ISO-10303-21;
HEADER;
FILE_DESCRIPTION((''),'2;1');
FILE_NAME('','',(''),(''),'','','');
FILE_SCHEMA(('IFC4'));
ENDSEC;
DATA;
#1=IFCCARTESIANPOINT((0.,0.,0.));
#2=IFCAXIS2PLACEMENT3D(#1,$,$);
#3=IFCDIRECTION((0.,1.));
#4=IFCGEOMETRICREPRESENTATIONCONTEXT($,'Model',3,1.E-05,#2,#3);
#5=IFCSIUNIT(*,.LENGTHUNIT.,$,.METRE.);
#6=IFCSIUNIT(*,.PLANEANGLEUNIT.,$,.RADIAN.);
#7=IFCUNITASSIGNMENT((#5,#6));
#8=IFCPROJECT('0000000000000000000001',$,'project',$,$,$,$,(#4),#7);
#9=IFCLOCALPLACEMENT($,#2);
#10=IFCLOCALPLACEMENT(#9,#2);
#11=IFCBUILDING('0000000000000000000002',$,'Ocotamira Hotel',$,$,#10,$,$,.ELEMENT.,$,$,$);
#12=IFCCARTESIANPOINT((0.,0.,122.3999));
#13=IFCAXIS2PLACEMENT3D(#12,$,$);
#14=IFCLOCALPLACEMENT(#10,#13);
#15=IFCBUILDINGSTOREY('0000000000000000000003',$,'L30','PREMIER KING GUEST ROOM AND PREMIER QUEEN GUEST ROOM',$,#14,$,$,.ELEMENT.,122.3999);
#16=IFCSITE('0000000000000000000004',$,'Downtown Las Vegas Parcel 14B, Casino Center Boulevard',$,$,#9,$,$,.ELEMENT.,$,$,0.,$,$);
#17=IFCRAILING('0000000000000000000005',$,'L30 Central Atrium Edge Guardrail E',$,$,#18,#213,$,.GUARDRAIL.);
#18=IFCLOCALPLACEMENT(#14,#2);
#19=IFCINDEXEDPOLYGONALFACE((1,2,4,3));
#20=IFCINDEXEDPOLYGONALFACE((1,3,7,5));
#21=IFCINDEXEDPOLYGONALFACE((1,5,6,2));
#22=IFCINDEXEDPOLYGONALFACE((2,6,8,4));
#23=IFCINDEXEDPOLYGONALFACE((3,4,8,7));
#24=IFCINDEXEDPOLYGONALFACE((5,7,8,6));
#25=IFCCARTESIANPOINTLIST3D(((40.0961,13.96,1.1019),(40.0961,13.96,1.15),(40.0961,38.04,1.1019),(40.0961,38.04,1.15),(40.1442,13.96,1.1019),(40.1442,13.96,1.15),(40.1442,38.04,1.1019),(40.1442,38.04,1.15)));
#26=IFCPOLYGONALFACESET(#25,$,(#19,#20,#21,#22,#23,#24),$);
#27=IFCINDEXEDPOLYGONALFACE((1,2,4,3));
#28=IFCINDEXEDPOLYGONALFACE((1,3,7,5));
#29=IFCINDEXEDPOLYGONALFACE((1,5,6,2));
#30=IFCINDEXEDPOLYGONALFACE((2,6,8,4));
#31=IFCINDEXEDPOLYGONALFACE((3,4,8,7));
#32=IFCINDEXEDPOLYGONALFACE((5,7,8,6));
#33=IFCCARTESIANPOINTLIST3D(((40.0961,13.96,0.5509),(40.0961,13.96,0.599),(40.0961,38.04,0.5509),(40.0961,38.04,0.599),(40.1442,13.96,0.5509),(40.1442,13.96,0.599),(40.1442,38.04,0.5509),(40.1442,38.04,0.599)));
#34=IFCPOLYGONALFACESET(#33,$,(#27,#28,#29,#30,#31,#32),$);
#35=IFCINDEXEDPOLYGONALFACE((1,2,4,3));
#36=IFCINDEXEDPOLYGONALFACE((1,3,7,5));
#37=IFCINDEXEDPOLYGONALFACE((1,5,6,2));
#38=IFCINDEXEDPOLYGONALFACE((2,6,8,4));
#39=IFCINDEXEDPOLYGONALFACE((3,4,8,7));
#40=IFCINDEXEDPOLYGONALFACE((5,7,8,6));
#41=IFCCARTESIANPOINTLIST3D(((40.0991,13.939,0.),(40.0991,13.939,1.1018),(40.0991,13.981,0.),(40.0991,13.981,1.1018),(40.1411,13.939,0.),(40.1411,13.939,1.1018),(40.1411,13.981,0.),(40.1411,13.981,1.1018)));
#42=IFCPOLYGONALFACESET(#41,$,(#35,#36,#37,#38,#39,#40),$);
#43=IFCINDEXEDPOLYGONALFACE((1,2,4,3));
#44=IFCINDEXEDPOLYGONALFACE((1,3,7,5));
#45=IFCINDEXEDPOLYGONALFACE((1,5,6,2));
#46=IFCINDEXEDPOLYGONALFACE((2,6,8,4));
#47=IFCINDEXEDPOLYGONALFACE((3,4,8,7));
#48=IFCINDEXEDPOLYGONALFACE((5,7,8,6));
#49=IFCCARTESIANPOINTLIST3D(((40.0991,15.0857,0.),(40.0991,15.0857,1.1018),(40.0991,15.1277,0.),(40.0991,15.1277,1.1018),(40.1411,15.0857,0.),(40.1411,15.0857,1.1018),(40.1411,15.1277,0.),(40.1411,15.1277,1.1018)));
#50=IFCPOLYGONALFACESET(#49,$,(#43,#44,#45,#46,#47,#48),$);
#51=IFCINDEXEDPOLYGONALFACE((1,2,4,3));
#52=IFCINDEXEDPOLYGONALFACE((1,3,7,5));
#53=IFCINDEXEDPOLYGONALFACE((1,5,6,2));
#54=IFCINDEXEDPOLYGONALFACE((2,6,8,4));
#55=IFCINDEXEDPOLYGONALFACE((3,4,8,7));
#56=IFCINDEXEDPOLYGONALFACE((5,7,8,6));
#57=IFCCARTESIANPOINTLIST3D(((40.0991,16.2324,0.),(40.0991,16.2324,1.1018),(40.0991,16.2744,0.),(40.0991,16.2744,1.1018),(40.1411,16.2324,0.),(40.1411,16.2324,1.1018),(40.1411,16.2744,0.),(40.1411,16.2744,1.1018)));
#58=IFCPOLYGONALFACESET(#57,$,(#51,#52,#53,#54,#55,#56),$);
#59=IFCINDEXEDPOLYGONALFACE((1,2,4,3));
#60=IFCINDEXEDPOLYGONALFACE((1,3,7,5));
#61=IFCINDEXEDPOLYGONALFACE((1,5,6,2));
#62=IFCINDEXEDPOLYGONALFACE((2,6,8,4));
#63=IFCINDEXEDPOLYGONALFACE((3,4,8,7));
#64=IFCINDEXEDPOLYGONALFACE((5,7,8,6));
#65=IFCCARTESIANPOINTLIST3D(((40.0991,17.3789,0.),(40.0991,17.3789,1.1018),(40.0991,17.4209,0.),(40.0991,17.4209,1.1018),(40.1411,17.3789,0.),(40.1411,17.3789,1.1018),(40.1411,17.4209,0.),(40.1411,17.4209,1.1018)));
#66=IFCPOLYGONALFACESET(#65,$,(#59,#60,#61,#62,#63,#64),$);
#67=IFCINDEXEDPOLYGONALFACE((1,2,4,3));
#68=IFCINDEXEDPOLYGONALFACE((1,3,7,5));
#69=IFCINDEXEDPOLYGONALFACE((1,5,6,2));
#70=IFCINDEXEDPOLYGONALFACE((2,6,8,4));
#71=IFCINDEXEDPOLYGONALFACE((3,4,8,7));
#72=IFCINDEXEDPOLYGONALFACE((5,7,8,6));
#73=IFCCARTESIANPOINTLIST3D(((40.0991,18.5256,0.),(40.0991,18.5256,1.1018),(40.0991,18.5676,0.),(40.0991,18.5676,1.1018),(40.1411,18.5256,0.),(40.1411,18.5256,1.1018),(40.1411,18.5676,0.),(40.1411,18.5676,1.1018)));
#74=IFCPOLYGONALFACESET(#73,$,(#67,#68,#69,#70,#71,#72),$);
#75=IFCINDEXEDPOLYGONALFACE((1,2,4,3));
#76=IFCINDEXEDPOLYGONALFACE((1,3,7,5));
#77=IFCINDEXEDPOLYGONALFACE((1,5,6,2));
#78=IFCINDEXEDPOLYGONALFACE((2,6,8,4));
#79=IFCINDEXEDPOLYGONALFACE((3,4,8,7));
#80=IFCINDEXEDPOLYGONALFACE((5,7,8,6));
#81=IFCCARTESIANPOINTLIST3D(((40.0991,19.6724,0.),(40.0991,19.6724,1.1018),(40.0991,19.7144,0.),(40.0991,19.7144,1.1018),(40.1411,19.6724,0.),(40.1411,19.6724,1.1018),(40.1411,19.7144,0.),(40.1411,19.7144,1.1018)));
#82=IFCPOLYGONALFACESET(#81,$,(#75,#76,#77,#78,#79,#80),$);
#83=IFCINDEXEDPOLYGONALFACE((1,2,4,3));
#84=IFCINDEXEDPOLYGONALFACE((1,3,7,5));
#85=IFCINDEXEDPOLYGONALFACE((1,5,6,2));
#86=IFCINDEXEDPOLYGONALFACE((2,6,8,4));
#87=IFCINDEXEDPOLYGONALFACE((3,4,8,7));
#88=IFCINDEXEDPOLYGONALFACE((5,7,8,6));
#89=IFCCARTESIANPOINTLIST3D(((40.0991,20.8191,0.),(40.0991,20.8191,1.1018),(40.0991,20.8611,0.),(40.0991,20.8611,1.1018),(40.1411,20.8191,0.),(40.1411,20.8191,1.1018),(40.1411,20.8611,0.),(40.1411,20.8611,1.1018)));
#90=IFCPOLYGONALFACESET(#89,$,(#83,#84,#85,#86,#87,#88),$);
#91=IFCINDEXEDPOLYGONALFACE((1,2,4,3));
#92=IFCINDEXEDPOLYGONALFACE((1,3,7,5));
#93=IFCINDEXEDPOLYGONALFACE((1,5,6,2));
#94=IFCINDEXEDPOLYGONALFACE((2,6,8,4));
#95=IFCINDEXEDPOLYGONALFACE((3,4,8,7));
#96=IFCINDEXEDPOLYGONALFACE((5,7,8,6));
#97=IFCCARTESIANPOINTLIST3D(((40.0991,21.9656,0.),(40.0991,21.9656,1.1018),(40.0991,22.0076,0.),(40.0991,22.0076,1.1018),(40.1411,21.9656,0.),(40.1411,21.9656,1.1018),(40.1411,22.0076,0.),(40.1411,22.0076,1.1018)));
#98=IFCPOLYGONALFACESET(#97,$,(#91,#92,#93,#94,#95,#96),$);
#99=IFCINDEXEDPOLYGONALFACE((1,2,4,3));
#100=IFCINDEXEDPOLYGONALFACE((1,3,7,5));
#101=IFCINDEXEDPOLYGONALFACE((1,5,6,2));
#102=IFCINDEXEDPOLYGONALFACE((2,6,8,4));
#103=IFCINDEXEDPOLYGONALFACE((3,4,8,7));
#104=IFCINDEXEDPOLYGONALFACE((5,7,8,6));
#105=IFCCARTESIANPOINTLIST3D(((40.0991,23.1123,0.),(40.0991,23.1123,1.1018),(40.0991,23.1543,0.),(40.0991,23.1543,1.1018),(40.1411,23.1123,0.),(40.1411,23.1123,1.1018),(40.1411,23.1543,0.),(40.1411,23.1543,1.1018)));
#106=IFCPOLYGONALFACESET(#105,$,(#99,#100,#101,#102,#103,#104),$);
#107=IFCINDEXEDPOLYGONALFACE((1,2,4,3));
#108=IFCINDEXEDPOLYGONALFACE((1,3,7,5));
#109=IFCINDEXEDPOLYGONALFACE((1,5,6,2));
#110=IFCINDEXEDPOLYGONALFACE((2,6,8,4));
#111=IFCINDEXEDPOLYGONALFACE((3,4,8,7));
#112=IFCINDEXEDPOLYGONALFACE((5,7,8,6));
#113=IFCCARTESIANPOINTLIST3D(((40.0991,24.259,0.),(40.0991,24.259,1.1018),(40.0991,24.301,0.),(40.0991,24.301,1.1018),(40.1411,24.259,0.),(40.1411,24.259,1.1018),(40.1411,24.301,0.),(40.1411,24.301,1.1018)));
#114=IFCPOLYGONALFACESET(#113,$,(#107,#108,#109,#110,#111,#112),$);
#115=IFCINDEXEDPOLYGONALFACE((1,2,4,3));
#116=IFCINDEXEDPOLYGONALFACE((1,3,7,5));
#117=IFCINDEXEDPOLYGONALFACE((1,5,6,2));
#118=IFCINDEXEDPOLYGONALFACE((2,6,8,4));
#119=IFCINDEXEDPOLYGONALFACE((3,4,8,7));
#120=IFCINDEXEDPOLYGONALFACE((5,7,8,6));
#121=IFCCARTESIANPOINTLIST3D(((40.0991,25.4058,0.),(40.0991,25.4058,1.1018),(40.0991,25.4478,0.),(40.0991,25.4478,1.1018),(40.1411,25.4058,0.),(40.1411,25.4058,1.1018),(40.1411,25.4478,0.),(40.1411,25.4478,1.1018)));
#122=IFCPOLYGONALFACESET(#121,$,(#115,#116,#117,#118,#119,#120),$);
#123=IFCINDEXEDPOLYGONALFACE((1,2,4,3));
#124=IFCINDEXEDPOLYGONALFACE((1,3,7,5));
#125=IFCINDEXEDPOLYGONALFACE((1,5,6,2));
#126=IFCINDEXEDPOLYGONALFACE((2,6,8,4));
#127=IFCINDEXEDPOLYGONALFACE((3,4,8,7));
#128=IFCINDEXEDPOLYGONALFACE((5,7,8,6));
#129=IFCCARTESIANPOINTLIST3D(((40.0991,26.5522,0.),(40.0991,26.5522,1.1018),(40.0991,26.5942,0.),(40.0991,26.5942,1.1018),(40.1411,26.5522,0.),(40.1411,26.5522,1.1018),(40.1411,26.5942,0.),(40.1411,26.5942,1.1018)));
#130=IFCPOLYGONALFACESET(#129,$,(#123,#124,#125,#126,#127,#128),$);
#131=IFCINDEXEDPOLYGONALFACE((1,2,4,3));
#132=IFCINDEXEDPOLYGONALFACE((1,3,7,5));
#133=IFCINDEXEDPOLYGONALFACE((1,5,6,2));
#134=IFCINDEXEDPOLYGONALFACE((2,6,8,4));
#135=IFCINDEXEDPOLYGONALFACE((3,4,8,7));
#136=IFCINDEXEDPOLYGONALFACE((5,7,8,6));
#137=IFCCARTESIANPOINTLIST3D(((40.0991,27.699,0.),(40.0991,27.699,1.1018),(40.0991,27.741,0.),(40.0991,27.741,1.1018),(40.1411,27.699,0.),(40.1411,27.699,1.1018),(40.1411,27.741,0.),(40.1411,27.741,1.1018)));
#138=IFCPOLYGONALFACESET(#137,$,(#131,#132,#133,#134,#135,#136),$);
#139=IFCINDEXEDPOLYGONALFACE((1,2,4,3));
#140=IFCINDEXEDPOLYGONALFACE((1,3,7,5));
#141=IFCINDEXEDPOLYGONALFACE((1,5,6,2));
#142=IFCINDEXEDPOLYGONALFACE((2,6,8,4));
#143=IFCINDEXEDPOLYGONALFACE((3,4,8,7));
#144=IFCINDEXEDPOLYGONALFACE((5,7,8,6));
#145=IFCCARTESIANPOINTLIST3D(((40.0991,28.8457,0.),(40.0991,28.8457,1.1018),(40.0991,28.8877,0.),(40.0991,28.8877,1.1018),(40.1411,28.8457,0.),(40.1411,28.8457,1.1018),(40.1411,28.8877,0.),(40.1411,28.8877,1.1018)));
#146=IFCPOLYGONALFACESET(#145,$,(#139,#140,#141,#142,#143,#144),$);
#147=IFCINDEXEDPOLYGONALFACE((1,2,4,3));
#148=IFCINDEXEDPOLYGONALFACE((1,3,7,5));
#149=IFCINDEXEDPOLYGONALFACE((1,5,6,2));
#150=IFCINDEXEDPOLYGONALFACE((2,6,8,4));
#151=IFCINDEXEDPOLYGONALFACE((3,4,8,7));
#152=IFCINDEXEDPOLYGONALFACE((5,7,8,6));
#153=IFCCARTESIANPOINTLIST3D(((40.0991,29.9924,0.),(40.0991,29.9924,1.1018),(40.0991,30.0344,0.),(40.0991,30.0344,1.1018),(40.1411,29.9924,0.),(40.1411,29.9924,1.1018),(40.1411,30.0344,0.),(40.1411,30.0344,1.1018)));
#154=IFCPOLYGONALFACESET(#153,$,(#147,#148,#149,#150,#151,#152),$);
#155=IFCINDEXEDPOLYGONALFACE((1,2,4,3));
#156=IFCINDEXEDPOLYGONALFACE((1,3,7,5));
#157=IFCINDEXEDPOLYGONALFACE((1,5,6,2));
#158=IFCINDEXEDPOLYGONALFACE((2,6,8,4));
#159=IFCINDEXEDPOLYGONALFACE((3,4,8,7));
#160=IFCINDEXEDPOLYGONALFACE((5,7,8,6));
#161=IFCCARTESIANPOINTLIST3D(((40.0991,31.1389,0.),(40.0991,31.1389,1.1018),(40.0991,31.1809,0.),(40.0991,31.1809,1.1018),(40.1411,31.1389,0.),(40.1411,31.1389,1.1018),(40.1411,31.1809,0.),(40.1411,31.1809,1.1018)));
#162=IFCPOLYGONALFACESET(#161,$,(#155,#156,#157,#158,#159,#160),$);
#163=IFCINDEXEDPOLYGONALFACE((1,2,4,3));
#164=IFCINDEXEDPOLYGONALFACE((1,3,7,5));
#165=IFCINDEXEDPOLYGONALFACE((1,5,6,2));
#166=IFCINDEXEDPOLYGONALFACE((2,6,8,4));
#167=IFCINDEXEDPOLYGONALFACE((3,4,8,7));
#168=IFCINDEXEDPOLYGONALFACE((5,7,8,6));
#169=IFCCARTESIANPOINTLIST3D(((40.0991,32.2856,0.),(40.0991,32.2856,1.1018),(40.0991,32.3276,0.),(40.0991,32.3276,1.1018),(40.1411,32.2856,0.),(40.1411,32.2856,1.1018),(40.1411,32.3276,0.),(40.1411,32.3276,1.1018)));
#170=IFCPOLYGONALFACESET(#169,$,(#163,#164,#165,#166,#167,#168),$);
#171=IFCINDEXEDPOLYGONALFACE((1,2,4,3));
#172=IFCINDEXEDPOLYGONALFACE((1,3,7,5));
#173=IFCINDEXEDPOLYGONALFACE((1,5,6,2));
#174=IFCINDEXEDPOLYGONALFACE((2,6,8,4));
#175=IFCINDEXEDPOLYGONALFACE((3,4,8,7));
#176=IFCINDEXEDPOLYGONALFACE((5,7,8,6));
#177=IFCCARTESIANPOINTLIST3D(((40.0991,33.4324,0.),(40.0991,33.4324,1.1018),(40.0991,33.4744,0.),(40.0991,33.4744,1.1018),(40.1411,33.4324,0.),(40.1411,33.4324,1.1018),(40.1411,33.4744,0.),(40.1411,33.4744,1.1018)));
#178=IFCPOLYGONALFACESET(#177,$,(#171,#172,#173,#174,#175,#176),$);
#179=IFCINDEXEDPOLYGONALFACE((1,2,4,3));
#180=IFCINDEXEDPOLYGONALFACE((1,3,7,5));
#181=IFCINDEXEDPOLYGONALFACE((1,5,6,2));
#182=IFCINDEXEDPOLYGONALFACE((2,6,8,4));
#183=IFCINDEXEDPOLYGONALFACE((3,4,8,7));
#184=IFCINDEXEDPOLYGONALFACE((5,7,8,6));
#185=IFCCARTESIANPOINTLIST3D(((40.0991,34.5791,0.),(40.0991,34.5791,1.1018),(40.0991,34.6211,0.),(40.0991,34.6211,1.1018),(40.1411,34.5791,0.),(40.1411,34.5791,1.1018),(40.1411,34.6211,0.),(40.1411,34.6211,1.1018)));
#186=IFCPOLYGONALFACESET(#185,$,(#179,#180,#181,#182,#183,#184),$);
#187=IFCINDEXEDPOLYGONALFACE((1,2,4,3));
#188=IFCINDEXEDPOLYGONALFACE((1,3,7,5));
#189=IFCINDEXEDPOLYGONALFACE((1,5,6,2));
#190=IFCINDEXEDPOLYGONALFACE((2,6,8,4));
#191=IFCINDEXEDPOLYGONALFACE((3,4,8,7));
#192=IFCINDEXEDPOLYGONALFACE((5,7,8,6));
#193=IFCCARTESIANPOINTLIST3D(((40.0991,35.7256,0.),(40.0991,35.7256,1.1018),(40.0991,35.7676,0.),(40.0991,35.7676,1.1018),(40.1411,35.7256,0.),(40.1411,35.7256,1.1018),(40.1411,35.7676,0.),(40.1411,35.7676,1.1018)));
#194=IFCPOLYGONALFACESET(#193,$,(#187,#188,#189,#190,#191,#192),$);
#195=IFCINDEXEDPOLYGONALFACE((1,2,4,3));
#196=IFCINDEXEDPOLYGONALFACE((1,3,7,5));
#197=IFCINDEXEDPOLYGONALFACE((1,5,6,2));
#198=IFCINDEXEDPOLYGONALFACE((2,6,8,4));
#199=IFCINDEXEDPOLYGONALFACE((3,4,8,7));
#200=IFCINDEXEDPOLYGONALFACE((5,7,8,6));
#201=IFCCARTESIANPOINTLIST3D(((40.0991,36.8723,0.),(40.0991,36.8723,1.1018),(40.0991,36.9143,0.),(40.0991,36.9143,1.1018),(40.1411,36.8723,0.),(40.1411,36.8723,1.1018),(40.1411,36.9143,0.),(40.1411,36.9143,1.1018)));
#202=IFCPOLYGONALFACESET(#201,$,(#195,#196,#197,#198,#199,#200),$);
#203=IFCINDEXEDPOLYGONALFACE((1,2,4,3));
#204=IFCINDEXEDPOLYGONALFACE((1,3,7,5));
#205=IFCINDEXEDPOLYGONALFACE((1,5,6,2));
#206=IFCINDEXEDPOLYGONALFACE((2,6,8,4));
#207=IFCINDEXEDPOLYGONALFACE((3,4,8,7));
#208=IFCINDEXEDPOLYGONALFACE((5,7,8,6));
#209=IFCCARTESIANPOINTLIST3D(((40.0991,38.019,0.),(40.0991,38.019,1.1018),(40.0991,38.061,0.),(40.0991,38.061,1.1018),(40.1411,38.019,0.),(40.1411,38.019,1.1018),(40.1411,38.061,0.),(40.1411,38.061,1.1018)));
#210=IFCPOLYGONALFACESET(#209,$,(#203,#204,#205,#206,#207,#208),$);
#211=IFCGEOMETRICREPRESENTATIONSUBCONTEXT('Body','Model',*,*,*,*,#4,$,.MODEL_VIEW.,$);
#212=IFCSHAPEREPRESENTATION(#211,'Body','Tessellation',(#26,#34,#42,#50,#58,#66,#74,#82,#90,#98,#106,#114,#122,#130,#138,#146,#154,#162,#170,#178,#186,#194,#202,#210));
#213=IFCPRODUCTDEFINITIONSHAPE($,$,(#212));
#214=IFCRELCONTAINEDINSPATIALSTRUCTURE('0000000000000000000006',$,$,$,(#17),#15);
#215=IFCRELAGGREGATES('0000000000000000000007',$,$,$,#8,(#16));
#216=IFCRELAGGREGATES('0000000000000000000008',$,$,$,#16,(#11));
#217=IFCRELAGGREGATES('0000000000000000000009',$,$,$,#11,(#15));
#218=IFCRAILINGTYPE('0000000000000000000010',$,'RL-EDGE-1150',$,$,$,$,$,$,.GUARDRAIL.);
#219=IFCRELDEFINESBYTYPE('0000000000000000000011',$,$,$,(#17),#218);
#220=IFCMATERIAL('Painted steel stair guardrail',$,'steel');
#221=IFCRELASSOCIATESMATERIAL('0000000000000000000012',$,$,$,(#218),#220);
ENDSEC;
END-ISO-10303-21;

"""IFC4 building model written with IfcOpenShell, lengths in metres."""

from ifc_helpers import new_model, si_unit, direction, frame, origin, origin_2d, place, context, subcontext, project, spatial, rectangle, extrude, material, type_object, element, save


model = new_model("IFC4")

# Units and contexts
model_context = context("Model", 3, precision=1e-05, world=origin(), true_north=direction((0.0, 1.0)))
body_context = subcontext(model_context, "Body", "Model", "MODEL_VIEW")
ifc_project = project(units=[si_unit("LENGTHUNIT", "METRE"), si_unit("PLANEANGLEUNIT", "RADIAN")], contexts=[model_context])

# Site, building, storey
site_placement = place(None, origin())
site = spatial("IfcSite", under=ifc_project, at=site_placement, Name="Downtown Las Vegas Parcel 14B, Casino Center Boulevard", CompositionType="ELEMENT", RefElevation=0.0)
building_placement = place(site_placement, origin())
building = spatial("IfcBuilding", under=site, at=building_placement, Name="Ocotamira Hotel", CompositionType="ELEMENT")
storey_placement = place(building_placement, frame((0.0, 0.0, 122.3999)))
storey = spatial("IfcBuildingStorey", under=building, at=storey_placement, Name="L30", Description="PREMIER KING GUEST ROOM AND PREMIER QUEEN GUEST ROOM", CompositionType="ELEMENT", Elevation=122.3999)

# Railing
ifc_material_1 = material(Name="Painted steel stair guardrail", Category="steel")
railing_type = type_object("IfcRailingType", Name="RL-EDGE-1150", PredefinedType="GUARDRAIL", material=ifc_material_1)
railing_placement = place(storey_placement, frame((40.1201, 13.96, 0.0)))
element("IfcRailing", 1, at=railing_placement, inside=storey, type_object=railing_type, Name="L30 Central Atrium Edge Guardrail E", PredefinedType="GUARDRAIL", context=body_context, shape_type="SweptSolid", body=[
    extrude(rectangle(XDim=0.0481, YDim=0.0481, at=origin_2d()), frame((0.0, 0.0, 1.126), z_axis=(0.0, 1.0, 0.0), x_axis=(-1.0, 0.0, 0.0)), (0.0, 0.0, 1.0), 24.0801),
    extrude(rectangle(XDim=0.0481, YDim=0.0481, at=origin_2d()), frame((0.0, 0.0, 0.575), z_axis=(0.0, 1.0, 0.0), x_axis=(-1.0, 0.0, 0.0)), (0.0, 0.0, 1.0), 24.0801),
    extrude(rectangle(XDim=0.042, YDim=0.042, at=origin_2d()), origin(), (0.0, 0.0, 1.0), 1.1018),
    extrude(rectangle(XDim=0.042, YDim=0.042, at=origin_2d()), frame((0.0, 1.1467, 0.0)), (0.0, 0.0, 1.0), 1.1018),
    extrude(rectangle(XDim=0.042, YDim=0.042, at=origin_2d()), frame((0.0, 2.2935, 0.0)), (0.0, 0.0, 1.0), 1.1018),
    extrude(rectangle(XDim=0.042, YDim=0.042, at=origin_2d()), frame((0.0, 3.4399, 0.0)), (0.0, 0.0, 1.0), 1.1018),
    extrude(rectangle(XDim=0.042, YDim=0.042, at=origin_2d()), frame((0.0, 4.5867, 0.0)), (0.0, 0.0, 1.0), 1.1018),
    extrude(rectangle(XDim=0.042, YDim=0.042, at=origin_2d()), frame((0.0, 5.7334, 0.0)), (0.0, 0.0, 1.0), 1.1018),
    extrude(rectangle(XDim=0.042, YDim=0.042, at=origin_2d()), frame((0.0, 6.8801, 0.0)), (0.0, 0.0, 1.0), 1.1018),
    extrude(rectangle(XDim=0.042, YDim=0.042, at=origin_2d()), frame((0.0, 8.0266, 0.0)), (0.0, 0.0, 1.0), 1.1018),
    extrude(rectangle(XDim=0.042, YDim=0.042, at=origin_2d()), frame((0.0, 9.1733, 0.0)), (0.0, 0.0, 1.0), 1.1018),
    extrude(rectangle(XDim=0.042, YDim=0.042, at=origin_2d()), frame((0.0, 10.3201, 0.0)), (0.0, 0.0, 1.0), 1.1018),
    extrude(rectangle(XDim=0.042, YDim=0.042, at=origin_2d()), frame((0.0, 11.4668, 0.0)), (0.0, 0.0, 1.0), 1.1018),
    extrude(rectangle(XDim=0.042, YDim=0.042, at=origin_2d()), frame((0.0, 12.6133, 0.0)), (0.0, 0.0, 1.0), 1.1018),
    extrude(rectangle(XDim=0.042, YDim=0.042, at=origin_2d()), frame((0.0, 13.76, 0.0)), (0.0, 0.0, 1.0), 1.1018),
    extrude(rectangle(XDim=0.042, YDim=0.042, at=origin_2d()), frame((0.0, 14.9067, 0.0)), (0.0, 0.0, 1.0), 1.1018),
    extrude(rectangle(XDim=0.042, YDim=0.042, at=origin_2d()), frame((0.0, 16.0535, 0.0)), (0.0, 0.0, 1.0), 1.1018),
    extrude(rectangle(XDim=0.042, YDim=0.042, at=origin_2d()), frame((0.0, 17.2, 0.0)), (0.0, 0.0, 1.0), 1.1018),
    extrude(rectangle(XDim=0.042, YDim=0.042, at=origin_2d()), frame((0.0, 18.3467, 0.0)), (0.0, 0.0, 1.0), 1.1018),
    extrude(rectangle(XDim=0.042, YDim=0.042, at=origin_2d()), frame((0.0, 19.4934, 0.0)), (0.0, 0.0, 1.0), 1.1018),
    extrude(rectangle(XDim=0.042, YDim=0.042, at=origin_2d()), frame((0.0, 20.6401, 0.0)), (0.0, 0.0, 1.0), 1.1018),
    extrude(rectangle(XDim=0.042, YDim=0.042, at=origin_2d()), frame((0.0, 21.7866, 0.0)), (0.0, 0.0, 1.0), 1.1018),
    extrude(rectangle(XDim=0.042, YDim=0.042, at=origin_2d()), frame((0.0, 22.9333, 0.0)), (0.0, 0.0, 1.0), 1.1018),
    extrude(rectangle(XDim=0.042, YDim=0.042, at=origin_2d()), frame((0.0, 24.0801, 0.0)), (0.0, 0.0, 1.0), 1.1018),
])

save(model, "model.ifc")
